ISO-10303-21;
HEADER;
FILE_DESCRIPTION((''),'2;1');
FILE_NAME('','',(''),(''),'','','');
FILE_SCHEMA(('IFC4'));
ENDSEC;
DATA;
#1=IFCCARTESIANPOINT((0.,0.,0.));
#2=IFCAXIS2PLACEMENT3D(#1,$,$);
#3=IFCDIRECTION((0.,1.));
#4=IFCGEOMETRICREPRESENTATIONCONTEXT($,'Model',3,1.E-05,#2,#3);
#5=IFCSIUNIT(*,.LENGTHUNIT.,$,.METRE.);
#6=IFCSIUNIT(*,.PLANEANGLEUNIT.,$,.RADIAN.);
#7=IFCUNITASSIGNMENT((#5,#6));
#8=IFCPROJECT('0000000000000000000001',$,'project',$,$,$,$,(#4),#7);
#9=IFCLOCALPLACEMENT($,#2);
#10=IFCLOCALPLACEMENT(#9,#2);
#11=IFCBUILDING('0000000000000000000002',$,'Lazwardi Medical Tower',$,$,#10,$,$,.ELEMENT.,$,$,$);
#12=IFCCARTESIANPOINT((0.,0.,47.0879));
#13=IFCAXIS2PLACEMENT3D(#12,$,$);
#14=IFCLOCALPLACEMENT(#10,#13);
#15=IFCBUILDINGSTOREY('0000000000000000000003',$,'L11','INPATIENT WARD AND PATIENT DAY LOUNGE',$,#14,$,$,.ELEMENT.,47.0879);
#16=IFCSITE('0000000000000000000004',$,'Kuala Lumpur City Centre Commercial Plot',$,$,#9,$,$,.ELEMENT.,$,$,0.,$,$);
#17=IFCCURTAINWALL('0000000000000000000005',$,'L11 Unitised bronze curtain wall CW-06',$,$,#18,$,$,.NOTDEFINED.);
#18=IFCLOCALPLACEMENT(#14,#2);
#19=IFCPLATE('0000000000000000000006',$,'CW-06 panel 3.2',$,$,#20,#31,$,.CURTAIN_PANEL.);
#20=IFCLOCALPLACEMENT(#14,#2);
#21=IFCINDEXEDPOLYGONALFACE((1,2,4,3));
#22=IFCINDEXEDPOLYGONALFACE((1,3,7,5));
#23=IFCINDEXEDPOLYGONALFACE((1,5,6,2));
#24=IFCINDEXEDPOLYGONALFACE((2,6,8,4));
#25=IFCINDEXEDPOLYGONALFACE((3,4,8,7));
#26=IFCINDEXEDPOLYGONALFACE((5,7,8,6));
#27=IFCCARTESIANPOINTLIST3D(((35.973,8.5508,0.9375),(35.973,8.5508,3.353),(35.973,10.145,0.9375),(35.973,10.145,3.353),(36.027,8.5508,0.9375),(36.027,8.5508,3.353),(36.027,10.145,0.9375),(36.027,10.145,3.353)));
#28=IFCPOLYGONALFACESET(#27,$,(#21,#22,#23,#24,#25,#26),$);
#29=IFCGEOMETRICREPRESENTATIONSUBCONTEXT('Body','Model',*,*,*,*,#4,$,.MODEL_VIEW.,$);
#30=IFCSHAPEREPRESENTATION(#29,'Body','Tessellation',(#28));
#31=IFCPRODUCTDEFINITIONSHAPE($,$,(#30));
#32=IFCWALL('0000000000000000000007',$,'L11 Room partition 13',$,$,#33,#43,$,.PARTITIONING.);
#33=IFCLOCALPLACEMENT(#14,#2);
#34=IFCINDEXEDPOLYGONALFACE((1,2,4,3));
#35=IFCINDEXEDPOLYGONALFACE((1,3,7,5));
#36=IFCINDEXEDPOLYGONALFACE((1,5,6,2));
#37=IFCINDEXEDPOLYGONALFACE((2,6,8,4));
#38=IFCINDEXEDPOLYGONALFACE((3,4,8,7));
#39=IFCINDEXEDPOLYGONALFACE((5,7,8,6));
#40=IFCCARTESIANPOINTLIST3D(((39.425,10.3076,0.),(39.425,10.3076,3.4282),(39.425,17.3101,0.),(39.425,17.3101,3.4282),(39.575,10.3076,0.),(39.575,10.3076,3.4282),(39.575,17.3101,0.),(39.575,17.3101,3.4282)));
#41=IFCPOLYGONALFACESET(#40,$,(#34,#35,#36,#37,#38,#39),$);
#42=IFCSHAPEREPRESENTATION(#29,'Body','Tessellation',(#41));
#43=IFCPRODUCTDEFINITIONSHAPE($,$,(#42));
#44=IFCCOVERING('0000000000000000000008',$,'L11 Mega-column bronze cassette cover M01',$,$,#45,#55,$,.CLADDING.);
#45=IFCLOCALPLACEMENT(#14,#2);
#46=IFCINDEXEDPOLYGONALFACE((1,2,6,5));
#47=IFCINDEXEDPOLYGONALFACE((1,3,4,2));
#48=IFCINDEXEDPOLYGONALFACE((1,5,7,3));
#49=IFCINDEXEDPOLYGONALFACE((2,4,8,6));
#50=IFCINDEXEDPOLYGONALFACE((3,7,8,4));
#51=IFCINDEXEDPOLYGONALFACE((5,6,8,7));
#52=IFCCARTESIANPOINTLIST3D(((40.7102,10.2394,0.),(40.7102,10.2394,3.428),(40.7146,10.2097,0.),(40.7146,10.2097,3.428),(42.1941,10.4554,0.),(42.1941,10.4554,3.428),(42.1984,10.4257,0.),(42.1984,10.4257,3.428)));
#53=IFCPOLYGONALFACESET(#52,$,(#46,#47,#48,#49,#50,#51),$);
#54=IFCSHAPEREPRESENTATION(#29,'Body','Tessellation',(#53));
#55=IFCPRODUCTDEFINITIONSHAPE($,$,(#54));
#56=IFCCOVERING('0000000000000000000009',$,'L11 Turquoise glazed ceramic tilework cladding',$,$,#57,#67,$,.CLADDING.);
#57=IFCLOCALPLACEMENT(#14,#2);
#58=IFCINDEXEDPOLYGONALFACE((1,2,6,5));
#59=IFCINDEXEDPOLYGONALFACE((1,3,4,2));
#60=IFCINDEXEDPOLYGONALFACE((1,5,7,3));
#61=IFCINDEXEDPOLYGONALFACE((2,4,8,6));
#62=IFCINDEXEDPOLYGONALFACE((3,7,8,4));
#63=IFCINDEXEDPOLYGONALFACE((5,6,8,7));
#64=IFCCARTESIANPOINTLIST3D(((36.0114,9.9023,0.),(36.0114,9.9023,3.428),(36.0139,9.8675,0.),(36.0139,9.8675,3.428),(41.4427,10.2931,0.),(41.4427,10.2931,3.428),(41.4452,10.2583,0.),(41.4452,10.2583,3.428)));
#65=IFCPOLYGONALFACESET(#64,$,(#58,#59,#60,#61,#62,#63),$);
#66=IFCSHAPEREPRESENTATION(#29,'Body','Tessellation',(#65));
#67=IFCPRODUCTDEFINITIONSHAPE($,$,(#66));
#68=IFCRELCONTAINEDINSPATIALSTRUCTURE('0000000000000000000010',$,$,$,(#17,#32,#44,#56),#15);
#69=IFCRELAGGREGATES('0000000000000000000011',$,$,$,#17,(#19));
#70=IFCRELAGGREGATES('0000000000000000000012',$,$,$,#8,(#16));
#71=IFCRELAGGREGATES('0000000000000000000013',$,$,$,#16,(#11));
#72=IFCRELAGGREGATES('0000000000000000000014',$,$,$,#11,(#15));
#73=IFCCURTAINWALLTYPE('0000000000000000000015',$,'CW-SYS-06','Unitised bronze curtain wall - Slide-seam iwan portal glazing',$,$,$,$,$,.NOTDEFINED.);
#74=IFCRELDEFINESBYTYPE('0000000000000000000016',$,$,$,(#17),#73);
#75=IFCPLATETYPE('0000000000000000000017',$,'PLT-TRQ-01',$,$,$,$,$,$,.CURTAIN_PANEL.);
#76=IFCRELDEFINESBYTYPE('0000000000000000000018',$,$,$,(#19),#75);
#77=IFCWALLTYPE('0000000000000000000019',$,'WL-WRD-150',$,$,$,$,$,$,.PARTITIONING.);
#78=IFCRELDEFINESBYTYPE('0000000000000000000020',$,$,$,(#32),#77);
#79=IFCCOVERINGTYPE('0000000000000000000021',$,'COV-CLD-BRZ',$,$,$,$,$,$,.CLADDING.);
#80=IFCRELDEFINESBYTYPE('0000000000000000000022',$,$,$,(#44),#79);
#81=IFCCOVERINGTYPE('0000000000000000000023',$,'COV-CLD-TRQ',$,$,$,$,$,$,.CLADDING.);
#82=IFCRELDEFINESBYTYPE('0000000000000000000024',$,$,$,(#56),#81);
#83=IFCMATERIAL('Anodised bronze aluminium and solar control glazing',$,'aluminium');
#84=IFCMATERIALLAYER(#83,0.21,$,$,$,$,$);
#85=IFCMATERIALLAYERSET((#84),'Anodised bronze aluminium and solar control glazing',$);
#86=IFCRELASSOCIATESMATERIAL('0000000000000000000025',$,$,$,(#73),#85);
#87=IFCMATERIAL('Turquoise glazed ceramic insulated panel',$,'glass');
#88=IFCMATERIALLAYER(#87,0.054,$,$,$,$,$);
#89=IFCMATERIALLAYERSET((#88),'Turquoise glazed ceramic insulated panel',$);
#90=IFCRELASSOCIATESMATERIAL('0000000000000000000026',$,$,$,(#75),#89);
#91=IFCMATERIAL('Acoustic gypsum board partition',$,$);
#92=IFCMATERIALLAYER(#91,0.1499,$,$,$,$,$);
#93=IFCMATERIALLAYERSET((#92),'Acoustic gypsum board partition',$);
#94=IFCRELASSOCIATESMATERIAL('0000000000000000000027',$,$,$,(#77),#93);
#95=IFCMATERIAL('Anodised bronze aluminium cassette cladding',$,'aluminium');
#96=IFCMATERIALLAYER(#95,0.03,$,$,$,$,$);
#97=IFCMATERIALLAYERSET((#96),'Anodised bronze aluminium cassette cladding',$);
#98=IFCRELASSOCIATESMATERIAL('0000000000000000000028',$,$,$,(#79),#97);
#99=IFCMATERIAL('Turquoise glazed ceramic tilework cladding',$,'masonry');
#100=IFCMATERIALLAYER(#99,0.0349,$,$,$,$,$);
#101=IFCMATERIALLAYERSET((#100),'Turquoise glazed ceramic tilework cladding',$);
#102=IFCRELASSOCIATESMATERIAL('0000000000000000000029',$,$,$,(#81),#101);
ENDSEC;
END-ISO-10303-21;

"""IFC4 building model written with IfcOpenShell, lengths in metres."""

from ifc_helpers import new_model, si_unit, direction, frame, frame_2d, origin, origin_2d, place, context, subcontext, project, spatial, rectangle, extrude, material, layer, layer_set, type_object, element, aggregate, save


model = new_model("IFC4")

# Units and contexts
model_context = context("Model", 3, precision=1e-05, world=origin(), true_north=direction((0.0, 1.0)))
body_context = subcontext(model_context, "Body", "Model", "MODEL_VIEW")
ifc_project = project(units=[si_unit("LENGTHUNIT", "METRE"), si_unit("PLANEANGLEUNIT", "RADIAN")], contexts=[model_context])

# Site, building, storey
site_placement = place(None, origin())
site = spatial("IfcSite", under=ifc_project, at=site_placement, Name="Kuala Lumpur City Centre Commercial Plot", CompositionType="ELEMENT", RefElevation=0.0)
building_placement = place(site_placement, origin())
building = spatial("IfcBuilding", under=site, at=building_placement, Name="Lazwardi Medical Tower", CompositionType="ELEMENT")
storey_placement = place(building_placement, frame((0.0, 0.0, 47.0879)))
storey = spatial("IfcBuildingStorey", under=building, at=storey_placement, Name="L11", Description="INPATIENT WARD AND PATIENT DAY LOUNGE", CompositionType="ELEMENT", Elevation=47.0879)

# Shared definitions
ifc_material_1 = material(Name="Anodised bronze aluminium and solar control glazing", Category="aluminium")

# Curtain wall
ifc_layer_1 = layer(ifc_material_1, 0.21)
ifc_layer_set_1 = layer_set([ifc_layer_1], Name="Anodised bronze aluminium and solar control glazing")
curtain_wall_type_1 = type_object("IfcCurtainWallType", Name="CW-SYS-06", Description="Unitised bronze curtain wall - Slide-seam iwan portal glazing", PredefinedType="NOTDEFINED", material=ifc_layer_set_1)
curtain_wall_1_placement = place(storey_placement, origin())
curtain_wall_1 = element("IfcCurtainWall", 1, at=curtain_wall_1_placement, inside=storey, type_object=curtain_wall_type_1, Name="L11 Unitised bronze curtain wall CW-06", PredefinedType="NOTDEFINED")

# Plate
ifc_material_2 = material(Name="Turquoise glazed ceramic insulated panel", Category="glass")
ifc_layer_2 = layer(ifc_material_2, 0.054)
ifc_layer_set_2 = layer_set([ifc_layer_2], Name="Turquoise glazed ceramic insulated panel")
plate_type = type_object("IfcPlateType", Name="PLT-TRQ-01", PredefinedType="CURTAIN_PANEL", material=ifc_layer_set_2)
plate_1_placement = place(storey_placement, frame((36.0, 9.3479, 0.9375), z_axis=(0.0, 0.0, 1.0), x_axis=(0.0, 1.0, 0.0)))
plate_1 = element("IfcPlate", 2, at=plate_1_placement, type_object=plate_type, Name="CW-06 panel 3.2", PredefinedType="CURTAIN_PANEL", context=body_context, shape_type="SweptSolid", body=[
    extrude(rectangle(XDim=1.5942, YDim=0.054, at=origin_2d()), origin(), (0.0, 0.0, 1.0), 2.4155),
])
aggregate(curtain_wall_1, [plate_1])

# Wall
ifc_material_3 = material(Name="Acoustic gypsum board partition")
ifc_layer_3 = layer(ifc_material_3, 0.1499)
ifc_layer_set_3 = layer_set([ifc_layer_3], Name="Acoustic gypsum board partition")
wall_type = type_object("IfcWallType", Name="WL-WRD-150", PredefinedType="PARTITIONING", material=ifc_layer_set_3)
wall_placement = place(storey_placement, frame((39.5, 10.3076, 0.0), z_axis=(0.0, 0.0, 1.0), x_axis=(0.0, 1.0, 0.0)))
element("IfcWall", 3, at=wall_placement, inside=storey, type_object=wall_type, Name="L11 Room partition 13", PredefinedType="PARTITIONING", context=body_context, shape_type="SweptSolid", body=[
    extrude(rectangle(XDim=7.0024, YDim=0.1499, at=frame_2d((3.5012, 0.0))), origin(), (0.0, 0.0, 1.0), 3.4282),
])

# Coverings
ifc_material_4 = material(Name="Anodised bronze aluminium cassette cladding", Category="aluminium")
ifc_layer_4 = layer(ifc_material_4, 0.03)
ifc_layer_set_4 = layer_set([ifc_layer_4], Name="Anodised bronze aluminium cassette cladding")
covering_type_1 = type_object("IfcCoveringType", Name="COV-CLD-BRZ", PredefinedType="CLADDING", material=ifc_layer_set_4)
covering_1_placement = place(storey_placement, frame((41.4543, 10.3325, 0.0), z_axis=(0.0, 0.0, 1.0), x_axis=(0.989573, 0.144035, 0.0)))
element("IfcCovering", 4, at=covering_1_placement, inside=storey, type_object=covering_type_1, Name="L11 Mega-column bronze cassette cover M01", PredefinedType="CLADDING", context=body_context, shape_type="SweptSolid", body=[
    extrude(rectangle(XDim=1.4995, YDim=0.03, at=origin_2d()), origin(), (0.0, 0.0, 1.0), 3.428),
])
ifc_material_5 = material(Name="Turquoise glazed ceramic tilework cladding", Category="masonry")
ifc_layer_5 = layer(ifc_material_5, 0.0349)
ifc_layer_set_5 = layer_set([ifc_layer_5], Name="Turquoise glazed ceramic tilework cladding")
covering_type_2 = type_object("IfcCoveringType", Name="COV-CLD-TRQ", PredefinedType="CLADDING", material=ifc_layer_set_5)
covering_2_placement = place(storey_placement, frame((38.7283, 10.0803, 0.0), z_axis=(0.0, 0.0, 1.0), x_axis=(0.997421, 0.071767, 0.0)))
element("IfcCovering", 5, at=covering_2_placement, inside=storey, type_object=covering_type_2, Name="L11 Turquoise glazed ceramic tilework cladding", PredefinedType="CLADDING", context=body_context, shape_type="SweptSolid", body=[
    extrude(rectangle(XDim=5.4453, YDim=0.0349, at=origin_2d()), origin(), (0.0, 0.0, 1.0), 3.428),
])

save(model, "model.ifc")
